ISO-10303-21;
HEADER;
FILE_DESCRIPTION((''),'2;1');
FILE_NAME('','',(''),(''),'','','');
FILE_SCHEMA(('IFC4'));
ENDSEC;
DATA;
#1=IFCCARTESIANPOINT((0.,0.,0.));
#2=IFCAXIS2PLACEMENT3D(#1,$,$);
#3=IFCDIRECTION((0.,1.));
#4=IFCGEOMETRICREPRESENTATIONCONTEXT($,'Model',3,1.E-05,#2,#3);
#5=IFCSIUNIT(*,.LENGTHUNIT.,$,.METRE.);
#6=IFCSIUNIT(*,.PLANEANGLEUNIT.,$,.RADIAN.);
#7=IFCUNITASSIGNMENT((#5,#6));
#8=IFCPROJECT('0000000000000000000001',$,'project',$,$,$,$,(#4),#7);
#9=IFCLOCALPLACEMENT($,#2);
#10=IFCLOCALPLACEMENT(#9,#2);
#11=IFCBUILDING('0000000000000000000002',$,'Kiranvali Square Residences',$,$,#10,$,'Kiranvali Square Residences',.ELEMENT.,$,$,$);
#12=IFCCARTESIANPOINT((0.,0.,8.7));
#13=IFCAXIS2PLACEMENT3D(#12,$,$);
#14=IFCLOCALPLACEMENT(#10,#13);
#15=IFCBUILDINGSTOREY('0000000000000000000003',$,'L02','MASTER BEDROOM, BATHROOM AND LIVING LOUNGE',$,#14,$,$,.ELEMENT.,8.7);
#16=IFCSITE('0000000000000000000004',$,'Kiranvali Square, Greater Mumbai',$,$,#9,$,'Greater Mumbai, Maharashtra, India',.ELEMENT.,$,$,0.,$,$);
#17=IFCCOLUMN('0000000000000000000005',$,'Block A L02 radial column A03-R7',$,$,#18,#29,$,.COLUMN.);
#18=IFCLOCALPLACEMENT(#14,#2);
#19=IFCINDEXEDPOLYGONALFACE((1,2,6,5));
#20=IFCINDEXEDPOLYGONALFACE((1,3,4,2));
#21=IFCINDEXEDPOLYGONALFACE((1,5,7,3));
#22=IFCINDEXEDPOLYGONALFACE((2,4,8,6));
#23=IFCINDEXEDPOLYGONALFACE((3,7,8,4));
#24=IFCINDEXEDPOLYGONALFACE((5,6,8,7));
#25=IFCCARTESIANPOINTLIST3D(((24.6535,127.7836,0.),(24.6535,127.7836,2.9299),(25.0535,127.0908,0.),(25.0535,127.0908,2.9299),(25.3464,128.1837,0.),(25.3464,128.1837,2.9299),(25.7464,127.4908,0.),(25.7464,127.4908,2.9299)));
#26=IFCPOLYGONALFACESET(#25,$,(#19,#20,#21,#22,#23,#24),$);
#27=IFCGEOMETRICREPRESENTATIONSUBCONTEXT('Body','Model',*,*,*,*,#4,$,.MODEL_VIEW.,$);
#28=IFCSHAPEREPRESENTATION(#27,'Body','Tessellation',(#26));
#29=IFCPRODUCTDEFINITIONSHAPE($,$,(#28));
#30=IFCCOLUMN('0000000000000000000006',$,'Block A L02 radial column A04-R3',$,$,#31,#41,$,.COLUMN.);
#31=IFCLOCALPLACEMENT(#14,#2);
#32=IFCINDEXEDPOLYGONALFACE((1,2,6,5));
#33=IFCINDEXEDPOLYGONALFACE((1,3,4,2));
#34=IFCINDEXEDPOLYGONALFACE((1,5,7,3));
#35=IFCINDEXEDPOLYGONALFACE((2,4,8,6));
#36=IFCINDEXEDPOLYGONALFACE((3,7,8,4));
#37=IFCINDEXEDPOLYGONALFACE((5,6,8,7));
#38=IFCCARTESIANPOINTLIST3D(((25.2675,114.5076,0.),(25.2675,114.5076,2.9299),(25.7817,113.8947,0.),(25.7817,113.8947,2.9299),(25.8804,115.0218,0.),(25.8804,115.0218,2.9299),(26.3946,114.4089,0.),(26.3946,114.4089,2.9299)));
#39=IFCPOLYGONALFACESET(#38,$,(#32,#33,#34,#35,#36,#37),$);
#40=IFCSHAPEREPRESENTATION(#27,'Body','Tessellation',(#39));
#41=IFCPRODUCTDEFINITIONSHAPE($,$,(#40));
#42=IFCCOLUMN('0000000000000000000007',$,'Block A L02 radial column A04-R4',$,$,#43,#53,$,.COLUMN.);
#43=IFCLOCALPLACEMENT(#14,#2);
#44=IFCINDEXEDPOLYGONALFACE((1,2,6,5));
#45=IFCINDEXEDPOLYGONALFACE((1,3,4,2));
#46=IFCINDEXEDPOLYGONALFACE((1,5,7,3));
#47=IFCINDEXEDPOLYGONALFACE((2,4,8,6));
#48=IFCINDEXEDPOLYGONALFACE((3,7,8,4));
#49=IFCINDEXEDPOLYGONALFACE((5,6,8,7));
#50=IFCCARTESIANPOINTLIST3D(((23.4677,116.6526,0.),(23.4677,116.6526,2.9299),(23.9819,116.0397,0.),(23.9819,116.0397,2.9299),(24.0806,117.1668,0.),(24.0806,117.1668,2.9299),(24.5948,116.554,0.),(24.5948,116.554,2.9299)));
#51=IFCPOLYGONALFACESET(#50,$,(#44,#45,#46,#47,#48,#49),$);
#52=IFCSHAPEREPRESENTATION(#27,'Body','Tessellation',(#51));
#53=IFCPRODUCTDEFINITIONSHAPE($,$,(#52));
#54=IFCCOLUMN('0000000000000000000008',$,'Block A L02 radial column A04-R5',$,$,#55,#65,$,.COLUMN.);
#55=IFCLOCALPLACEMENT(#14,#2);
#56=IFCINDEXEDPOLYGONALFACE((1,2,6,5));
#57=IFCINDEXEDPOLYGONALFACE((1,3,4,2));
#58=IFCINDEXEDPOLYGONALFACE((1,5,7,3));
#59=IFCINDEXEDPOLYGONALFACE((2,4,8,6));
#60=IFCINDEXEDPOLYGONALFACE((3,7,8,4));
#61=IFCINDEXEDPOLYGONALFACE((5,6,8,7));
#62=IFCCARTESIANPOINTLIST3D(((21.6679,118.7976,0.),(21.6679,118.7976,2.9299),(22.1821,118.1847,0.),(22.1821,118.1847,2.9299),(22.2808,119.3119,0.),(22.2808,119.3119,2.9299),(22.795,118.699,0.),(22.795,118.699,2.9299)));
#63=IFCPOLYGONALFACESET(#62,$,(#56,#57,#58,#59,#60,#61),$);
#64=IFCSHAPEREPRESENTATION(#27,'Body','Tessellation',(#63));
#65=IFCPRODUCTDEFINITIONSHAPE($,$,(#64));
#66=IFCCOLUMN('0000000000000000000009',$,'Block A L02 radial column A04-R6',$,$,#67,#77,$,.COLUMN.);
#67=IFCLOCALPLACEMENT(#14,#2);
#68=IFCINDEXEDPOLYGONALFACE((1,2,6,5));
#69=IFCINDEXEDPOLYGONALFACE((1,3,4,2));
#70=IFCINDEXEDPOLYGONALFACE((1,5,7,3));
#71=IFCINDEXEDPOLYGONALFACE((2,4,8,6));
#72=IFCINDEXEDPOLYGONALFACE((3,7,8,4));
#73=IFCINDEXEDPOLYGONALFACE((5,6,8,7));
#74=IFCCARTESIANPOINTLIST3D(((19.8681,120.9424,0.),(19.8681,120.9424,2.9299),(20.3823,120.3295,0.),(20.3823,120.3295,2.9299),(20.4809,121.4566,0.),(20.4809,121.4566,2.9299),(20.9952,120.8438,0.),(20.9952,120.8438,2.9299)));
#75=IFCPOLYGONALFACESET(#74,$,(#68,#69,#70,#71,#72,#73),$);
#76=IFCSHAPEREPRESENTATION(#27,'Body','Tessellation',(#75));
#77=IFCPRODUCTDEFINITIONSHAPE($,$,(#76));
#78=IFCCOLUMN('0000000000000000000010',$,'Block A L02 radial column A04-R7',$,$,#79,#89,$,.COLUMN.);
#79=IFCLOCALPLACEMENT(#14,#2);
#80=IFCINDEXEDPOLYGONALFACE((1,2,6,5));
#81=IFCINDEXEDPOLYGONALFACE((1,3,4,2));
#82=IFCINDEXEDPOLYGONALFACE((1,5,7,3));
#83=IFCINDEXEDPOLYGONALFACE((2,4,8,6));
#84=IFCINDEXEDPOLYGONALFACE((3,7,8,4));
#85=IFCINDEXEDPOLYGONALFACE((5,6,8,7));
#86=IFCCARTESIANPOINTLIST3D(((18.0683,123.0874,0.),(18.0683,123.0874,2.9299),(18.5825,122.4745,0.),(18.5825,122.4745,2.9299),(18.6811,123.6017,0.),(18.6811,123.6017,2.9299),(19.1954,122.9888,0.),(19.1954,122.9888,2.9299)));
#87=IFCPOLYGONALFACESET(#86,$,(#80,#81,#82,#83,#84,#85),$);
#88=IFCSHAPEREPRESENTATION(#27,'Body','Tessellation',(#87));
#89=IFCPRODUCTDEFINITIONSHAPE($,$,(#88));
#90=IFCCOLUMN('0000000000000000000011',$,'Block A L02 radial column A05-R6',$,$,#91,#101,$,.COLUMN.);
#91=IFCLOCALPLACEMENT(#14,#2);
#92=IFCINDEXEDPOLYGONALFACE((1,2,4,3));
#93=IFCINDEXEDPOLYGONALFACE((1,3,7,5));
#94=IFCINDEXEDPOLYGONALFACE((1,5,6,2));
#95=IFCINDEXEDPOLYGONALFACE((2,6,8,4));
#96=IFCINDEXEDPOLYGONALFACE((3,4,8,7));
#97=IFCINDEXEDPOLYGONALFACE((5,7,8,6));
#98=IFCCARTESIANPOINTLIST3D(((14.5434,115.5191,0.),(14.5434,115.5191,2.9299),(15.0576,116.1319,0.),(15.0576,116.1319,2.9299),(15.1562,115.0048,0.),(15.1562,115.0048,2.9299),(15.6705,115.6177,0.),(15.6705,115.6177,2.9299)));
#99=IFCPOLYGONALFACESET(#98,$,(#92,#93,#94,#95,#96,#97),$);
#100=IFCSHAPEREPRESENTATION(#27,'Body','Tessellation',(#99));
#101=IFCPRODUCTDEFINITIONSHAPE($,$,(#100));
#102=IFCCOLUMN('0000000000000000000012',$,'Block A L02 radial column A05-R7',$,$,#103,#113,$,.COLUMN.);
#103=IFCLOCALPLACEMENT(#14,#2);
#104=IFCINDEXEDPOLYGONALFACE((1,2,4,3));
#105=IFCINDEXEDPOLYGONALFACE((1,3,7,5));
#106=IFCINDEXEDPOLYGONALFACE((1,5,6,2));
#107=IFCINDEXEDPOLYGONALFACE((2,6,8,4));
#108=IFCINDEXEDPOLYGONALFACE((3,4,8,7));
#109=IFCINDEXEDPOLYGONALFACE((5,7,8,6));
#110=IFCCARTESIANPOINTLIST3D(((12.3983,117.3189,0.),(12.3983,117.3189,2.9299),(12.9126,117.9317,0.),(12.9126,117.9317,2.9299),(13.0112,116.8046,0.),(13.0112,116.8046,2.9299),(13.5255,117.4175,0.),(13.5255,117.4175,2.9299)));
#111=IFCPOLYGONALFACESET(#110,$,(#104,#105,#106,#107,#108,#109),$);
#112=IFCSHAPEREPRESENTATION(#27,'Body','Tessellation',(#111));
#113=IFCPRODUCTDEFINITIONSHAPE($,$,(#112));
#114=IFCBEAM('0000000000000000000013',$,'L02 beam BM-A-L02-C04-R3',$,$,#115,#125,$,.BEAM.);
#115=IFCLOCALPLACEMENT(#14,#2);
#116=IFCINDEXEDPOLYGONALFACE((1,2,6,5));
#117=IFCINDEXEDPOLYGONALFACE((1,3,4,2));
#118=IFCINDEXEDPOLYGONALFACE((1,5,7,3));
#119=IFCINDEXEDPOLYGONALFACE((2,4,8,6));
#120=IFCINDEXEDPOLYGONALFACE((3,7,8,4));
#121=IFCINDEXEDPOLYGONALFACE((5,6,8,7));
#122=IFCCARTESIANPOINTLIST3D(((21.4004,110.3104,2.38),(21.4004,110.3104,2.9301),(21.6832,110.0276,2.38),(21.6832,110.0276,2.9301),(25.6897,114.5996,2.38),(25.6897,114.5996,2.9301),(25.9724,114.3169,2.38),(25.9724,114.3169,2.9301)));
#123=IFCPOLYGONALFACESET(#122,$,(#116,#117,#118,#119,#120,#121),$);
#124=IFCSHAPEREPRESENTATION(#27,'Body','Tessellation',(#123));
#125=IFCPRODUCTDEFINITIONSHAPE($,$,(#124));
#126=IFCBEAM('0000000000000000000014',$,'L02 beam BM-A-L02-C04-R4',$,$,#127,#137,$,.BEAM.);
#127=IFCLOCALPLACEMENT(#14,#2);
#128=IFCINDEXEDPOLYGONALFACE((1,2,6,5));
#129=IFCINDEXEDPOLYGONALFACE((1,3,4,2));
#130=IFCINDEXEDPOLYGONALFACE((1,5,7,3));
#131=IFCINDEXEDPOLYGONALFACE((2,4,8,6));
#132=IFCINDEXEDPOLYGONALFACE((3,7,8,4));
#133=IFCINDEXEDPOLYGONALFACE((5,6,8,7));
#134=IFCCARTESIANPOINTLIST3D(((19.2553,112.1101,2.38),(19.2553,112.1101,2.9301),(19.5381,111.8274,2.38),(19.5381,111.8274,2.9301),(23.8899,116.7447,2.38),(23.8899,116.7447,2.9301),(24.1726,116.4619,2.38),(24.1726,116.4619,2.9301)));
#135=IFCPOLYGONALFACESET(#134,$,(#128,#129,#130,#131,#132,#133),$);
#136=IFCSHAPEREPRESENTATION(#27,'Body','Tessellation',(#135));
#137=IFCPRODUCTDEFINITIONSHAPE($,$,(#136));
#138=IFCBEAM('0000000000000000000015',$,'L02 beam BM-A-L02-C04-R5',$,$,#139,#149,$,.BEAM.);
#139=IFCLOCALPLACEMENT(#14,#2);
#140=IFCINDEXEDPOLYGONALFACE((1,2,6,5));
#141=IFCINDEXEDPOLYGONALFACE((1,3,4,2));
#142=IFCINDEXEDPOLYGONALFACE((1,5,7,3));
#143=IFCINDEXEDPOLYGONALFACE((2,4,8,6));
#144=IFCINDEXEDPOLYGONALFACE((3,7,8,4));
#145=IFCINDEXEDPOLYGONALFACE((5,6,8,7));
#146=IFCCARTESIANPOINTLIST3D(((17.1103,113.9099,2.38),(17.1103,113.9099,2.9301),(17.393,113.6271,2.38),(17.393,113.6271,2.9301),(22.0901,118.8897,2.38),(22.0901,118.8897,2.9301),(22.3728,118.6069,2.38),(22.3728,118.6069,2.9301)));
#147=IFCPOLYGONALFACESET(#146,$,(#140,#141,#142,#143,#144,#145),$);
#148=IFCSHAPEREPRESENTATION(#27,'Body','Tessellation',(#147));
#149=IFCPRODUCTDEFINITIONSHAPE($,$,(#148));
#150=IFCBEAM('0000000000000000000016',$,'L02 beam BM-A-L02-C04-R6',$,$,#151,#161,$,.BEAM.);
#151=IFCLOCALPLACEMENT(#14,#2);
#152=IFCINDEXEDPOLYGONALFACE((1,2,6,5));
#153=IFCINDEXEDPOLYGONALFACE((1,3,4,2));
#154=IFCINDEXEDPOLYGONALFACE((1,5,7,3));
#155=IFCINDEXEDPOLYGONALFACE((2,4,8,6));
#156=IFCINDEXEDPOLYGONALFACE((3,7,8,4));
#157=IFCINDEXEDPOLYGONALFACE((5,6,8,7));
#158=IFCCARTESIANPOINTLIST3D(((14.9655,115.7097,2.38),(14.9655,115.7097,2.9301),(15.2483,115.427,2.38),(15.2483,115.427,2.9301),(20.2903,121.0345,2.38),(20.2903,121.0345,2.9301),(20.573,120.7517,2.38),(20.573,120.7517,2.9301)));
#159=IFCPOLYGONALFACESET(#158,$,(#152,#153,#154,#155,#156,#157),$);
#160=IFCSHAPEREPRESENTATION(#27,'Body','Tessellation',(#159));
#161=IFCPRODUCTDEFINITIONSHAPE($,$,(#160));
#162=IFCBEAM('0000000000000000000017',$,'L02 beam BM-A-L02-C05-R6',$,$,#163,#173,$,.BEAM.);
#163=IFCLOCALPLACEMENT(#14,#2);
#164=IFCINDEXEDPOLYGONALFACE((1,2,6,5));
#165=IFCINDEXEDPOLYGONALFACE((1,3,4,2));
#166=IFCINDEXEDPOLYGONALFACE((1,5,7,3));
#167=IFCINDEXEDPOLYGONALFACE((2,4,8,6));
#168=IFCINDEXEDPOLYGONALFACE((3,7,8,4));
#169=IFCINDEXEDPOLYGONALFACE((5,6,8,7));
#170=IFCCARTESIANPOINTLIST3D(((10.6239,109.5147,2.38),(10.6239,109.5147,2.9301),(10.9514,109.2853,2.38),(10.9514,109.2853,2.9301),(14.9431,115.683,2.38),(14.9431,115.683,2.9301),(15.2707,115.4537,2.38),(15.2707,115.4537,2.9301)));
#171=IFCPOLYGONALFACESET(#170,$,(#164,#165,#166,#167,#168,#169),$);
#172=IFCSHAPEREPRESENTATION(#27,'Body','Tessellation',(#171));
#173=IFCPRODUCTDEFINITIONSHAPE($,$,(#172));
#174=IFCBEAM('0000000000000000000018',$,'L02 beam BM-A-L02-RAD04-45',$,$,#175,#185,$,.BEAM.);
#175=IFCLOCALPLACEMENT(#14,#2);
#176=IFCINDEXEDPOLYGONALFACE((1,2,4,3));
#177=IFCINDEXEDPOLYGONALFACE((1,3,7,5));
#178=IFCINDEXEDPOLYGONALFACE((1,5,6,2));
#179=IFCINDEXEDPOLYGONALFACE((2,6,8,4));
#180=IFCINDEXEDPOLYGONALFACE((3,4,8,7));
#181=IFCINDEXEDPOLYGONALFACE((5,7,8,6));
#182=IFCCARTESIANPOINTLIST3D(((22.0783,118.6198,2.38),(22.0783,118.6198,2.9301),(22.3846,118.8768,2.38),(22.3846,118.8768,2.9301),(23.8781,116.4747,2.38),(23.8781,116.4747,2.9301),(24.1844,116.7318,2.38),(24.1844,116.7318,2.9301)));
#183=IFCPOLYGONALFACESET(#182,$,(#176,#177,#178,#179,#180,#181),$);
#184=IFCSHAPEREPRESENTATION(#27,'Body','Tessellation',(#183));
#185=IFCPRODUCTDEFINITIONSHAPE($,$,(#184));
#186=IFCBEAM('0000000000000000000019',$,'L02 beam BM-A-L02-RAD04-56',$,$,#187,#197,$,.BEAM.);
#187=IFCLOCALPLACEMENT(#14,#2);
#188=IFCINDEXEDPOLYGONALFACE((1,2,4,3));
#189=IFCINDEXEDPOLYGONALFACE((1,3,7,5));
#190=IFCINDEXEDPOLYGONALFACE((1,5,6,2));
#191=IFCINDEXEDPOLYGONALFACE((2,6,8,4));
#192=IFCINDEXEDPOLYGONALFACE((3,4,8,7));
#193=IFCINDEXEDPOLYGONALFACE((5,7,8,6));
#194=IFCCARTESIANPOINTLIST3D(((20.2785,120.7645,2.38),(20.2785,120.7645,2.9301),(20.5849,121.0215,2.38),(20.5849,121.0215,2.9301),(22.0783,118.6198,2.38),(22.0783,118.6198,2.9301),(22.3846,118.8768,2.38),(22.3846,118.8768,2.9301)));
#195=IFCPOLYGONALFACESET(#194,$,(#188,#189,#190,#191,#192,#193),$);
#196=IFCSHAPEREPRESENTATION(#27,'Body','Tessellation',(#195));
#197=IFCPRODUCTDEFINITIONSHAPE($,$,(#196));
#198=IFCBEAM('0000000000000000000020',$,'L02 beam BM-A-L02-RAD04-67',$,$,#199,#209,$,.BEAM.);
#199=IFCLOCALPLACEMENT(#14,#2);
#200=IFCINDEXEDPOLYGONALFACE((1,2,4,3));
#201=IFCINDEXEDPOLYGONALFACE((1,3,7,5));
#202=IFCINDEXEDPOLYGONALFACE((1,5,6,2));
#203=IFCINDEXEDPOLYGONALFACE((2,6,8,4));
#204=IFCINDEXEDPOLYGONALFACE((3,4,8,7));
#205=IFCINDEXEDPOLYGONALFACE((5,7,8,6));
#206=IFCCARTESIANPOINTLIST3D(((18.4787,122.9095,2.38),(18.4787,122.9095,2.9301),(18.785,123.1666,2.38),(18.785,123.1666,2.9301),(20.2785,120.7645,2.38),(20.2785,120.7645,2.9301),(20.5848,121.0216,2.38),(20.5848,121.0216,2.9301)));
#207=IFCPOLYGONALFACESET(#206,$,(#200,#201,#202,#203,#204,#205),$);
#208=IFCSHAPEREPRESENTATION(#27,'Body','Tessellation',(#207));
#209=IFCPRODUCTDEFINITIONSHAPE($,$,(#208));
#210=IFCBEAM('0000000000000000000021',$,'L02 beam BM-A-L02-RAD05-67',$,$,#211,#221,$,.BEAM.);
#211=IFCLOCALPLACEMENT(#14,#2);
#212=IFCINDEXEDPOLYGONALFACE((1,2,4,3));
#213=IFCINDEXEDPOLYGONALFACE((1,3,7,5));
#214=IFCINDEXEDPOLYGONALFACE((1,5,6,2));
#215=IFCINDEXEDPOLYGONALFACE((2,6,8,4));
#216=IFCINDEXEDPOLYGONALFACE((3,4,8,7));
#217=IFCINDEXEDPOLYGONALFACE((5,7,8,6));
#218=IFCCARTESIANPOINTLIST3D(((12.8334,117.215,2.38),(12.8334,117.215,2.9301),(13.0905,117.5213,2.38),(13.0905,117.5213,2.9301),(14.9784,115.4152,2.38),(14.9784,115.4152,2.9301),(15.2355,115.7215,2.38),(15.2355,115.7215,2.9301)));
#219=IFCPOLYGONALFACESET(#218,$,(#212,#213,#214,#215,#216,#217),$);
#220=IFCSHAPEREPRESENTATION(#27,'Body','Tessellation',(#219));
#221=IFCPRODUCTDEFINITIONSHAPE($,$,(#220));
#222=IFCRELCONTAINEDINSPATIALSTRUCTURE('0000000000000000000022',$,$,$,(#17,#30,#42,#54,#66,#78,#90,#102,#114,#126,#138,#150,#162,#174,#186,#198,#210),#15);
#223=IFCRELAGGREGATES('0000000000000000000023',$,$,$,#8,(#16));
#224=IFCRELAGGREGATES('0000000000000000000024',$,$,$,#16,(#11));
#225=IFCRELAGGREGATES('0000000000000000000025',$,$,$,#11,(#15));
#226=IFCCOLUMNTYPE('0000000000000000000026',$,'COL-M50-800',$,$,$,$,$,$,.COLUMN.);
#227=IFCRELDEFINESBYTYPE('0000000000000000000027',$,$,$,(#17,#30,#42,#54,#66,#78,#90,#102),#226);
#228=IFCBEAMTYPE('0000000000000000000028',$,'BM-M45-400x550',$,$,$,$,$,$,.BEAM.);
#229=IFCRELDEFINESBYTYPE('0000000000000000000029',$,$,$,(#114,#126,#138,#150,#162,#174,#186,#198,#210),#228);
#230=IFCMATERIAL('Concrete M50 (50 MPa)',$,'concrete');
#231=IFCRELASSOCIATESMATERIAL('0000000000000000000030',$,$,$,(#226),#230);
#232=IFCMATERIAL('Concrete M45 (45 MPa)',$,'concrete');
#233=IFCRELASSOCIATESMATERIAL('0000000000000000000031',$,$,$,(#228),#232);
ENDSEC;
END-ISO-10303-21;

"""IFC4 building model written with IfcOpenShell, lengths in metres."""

from ifc_helpers import new_model, si_unit, direction, frame, origin, origin_2d, place, context, subcontext, project, spatial, rectangle, extrude, material, material_profile, profile_set, type_object, element, save


model = new_model("IFC4")

# Units and contexts
model_context = context("Model", 3, precision=1e-05, world=origin(), true_north=direction((0.0, 1.0)))
body_context = subcontext(model_context, "Body", "Model", "MODEL_VIEW")
ifc_project = project(units=[si_unit("LENGTHUNIT", "METRE"), si_unit("PLANEANGLEUNIT", "RADIAN")], contexts=[model_context])

# Site, building, storey
site_placement = place(None, origin())
site = spatial("IfcSite", under=ifc_project, at=site_placement, Name="Kiranvali Square, Greater Mumbai", LongName="Greater Mumbai, Maharashtra, India", CompositionType="ELEMENT", RefElevation=0.0)
building_placement = place(site_placement, origin())
building = spatial("IfcBuilding", under=site, at=building_placement, Name="Kiranvali Square Residences", LongName="Kiranvali Square Residences", CompositionType="ELEMENT")
storey_placement = place(building_placement, frame((0.0, 0.0, 8.7)))
storey = spatial("IfcBuildingStorey", under=building, at=storey_placement, Name="L02", Description="MASTER BEDROOM, BATHROOM AND LIVING LOUNGE", CompositionType="ELEMENT", Elevation=8.7)

# Columns
ifc_material_1 = material(Name="Concrete M50 (50 MPa)", Category="concrete")
ifc_material_profile_1 = material_profile(ifc_material_1, rectangle(XDim=0.8, YDim=0.8, at=origin_2d()), Name="RC 800x800")
ifc_profile_set_1 = profile_set([ifc_material_profile_1], Name="Concrete M50 (50 MPa)")
column_type = type_object("IfcColumnType", Name="COL-M50-800", PredefinedType="COLUMN", material=ifc_profile_set_1)
for number, where, z_axis, x_axis, name in (
    (1, (25.2, 127.6372, 0.0), (0.0, 0.0, 1.0), (0.866025, 0.5, 0.0), "Block A L02 radial column A03-R7"),
    (2, (25.8311, 114.4583, 0.0), (0.0, 0.0, 1.0), (0.766044, 0.642788, 0.0), "Block A L02 radial column A04-R3"),
    (3, (24.0312, 116.6033, 0.0), (0.0, 0.0, 1.0), (0.766044, 0.642788, 0.0), "Block A L02 radial column A04-R4"),
    (4, (22.2314, 118.7483, 0.0), (0.0, 0.0, 1.0), (0.766044, 0.642788, 0.0), "Block A L02 radial column A04-R5"),
    (5, (20.4316, 120.8931, 0.0), (0.0, 0.0, 1.0), (0.766044, 0.642788, 0.0), "Block A L02 radial column A04-R6"),
    (6, (18.6318, 123.0381, 0.0), (0.0, 0.0, 1.0), (0.766044, 0.642788, 0.0), "Block A L02 radial column A04-R7"),
    (7, (15.1069, 115.5684, 0.0), (0.0, 0.0, 1.0), (0.642788, 0.766044, 0.0), "Block A L02 radial column A05-R6"),
    (8, (12.9619, 117.3682, 0.0), (0.0, 0.0, 1.0), (0.642788, 0.766044, 0.0), "Block A L02 radial column A05-R7"),
):
    element("IfcColumn", number, at=place(storey_placement, frame(where, z_axis=z_axis, x_axis=x_axis)), inside=storey, type_object=column_type, Name=name, PredefinedType="COLUMN", context=body_context, shape_type="SweptSolid", body=[
        extrude(rectangle(XDim=0.8, YDim=0.8, at=origin_2d()), origin(), (0.0, 0.0, 1.0), 2.9299),
    ])

# Beams
ifc_material_2 = material(Name="Concrete M45 (45 MPa)", Category="concrete")
ifc_material_profile_2 = material_profile(ifc_material_2, rectangle(XDim=0.3999, YDim=0.55, at=origin_2d()), Name="RC 400x550")
ifc_profile_set_2 = profile_set([ifc_material_profile_2], Name="Concrete M45 (45 MPa)")
beam_type_1 = type_object("IfcBeamType", Name="BM-M45-400x550", PredefinedType="BEAM", material=ifc_profile_set_2)
beam_1_placement = place(storey_placement, frame((25.8311, 114.4583, 2.655), z_axis=(-0.707107, -0.707107, 0.0), x_axis=(0.707107, -0.707107, 0.0)))
element("IfcBeam", 9, at=beam_1_placement, inside=storey, type_object=beam_type_1, Name="L02 beam BM-A-L02-C04-R3", PredefinedType="BEAM", context=body_context, shape_type="SweptSolid", body=[
    extrude(rectangle(XDim=0.3999, YDim=0.55, at=origin_2d()), origin(), (0.0, 0.0, 1.0), 6.0659),
])
beam_2_placement = place(storey_placement, frame((24.0312, 116.6033, 2.655), z_axis=(-0.707107, -0.707107, 0.0), x_axis=(0.707107, -0.707107, 0.0)))
element("IfcBeam", 10, at=beam_2_placement, inside=storey, type_object=beam_type_1, Name="L02 beam BM-A-L02-C04-R4", PredefinedType="BEAM", context=body_context, shape_type="SweptSolid", body=[
    extrude(rectangle(XDim=0.3999, YDim=0.55, at=origin_2d()), origin(), (0.0, 0.0, 1.0), 6.5542),
])
beam_3_placement = place(storey_placement, frame((22.2314, 118.7483, 2.655), z_axis=(-0.707107, -0.707107, 0.0), x_axis=(0.707107, -0.707107, 0.0)))
element("IfcBeam", 11, at=beam_3_placement, inside=storey, type_object=beam_type_1, Name="L02 beam BM-A-L02-C04-R5", PredefinedType="BEAM", context=body_context, shape_type="SweptSolid", body=[
    extrude(rectangle(XDim=0.3999, YDim=0.55, at=origin_2d()), origin(), (0.0, 0.0, 1.0), 7.0425),
])
for number, where, z_axis, x_axis, name in (
    (12, (20.4316, 120.8931, 2.655), (-0.707107, -0.707107, 0.0), (0.707107, -0.707107, 0.0), "L02 beam BM-A-L02-C04-R6"),
    (13, (15.1069, 115.5684, 2.655), (-0.573589, -0.819144, 0.0), (0.819144, -0.573589, 0.0), "L02 beam BM-A-L02-C05-R6"),
):
    element("IfcBeam", number, at=place(storey_placement, frame(where, z_axis=z_axis, x_axis=x_axis)), inside=storey, type_object=beam_type_1, Name=name, PredefinedType="BEAM", context=body_context, shape_type="SweptSolid", body=[
        extrude(rectangle(XDim=0.3999, YDim=0.55, at=origin_2d()), origin(), (0.0, 0.0, 1.0), 7.5303),
    ])
beam_4_placement = place(storey_placement, frame((24.0312, 116.6033, 2.655), z_axis=(-0.642771, 0.766059, 0.0), x_axis=(-0.766059, -0.642771, 0.0)))
element("IfcBeam", 14, at=beam_4_placement, inside=storey, type_object=beam_type_1, Name="L02 beam BM-A-L02-RAD04-45", PredefinedType="BEAM", context=body_context, shape_type="SweptSolid", body=[
    extrude(rectangle(XDim=0.3999, YDim=0.55, at=origin_2d()), origin(), (0.0, 0.0, 1.0), 2.8),
])
beam_5_placement = place(storey_placement, frame((22.2314, 118.7483, 2.655), z_axis=(-0.642814, 0.766023, 0.0), x_axis=(-0.766023, -0.642814, 0.0)))
element("IfcBeam", 15, at=beam_5_placement, inside=storey, type_object=beam_type_1, Name="L02 beam BM-A-L02-RAD04-56", PredefinedType="BEAM", context=body_context, shape_type="SweptSolid", body=[
    extrude(rectangle(XDim=0.3999, YDim=0.55, at=origin_2d()), origin(), (0.0, 0.0, 1.0), 2.7998),
])
for number, where, z_axis, x_axis, name in (
    (16, (20.4316, 120.8931, 2.655), (-0.642771, 0.766059, 0.0), (-0.766059, -0.642771, 0.0), "L02 beam BM-A-L02-RAD04-67"),
    (17, (15.1069, 115.5684, 2.655), (-0.766059, 0.642771, 0.0), (-0.642771, -0.766059, 0.0), "L02 beam BM-A-L02-RAD05-67"),
):
    element("IfcBeam", number, at=place(storey_placement, frame(where, z_axis=z_axis, x_axis=x_axis)), inside=storey, type_object=beam_type_1, Name=name, PredefinedType="BEAM", context=body_context, shape_type="SweptSolid", body=[
        extrude(rectangle(XDim=0.3999, YDim=0.55, at=origin_2d()), origin(), (0.0, 0.0, 1.0), 2.8),
    ])

save(model, "model.ifc")
